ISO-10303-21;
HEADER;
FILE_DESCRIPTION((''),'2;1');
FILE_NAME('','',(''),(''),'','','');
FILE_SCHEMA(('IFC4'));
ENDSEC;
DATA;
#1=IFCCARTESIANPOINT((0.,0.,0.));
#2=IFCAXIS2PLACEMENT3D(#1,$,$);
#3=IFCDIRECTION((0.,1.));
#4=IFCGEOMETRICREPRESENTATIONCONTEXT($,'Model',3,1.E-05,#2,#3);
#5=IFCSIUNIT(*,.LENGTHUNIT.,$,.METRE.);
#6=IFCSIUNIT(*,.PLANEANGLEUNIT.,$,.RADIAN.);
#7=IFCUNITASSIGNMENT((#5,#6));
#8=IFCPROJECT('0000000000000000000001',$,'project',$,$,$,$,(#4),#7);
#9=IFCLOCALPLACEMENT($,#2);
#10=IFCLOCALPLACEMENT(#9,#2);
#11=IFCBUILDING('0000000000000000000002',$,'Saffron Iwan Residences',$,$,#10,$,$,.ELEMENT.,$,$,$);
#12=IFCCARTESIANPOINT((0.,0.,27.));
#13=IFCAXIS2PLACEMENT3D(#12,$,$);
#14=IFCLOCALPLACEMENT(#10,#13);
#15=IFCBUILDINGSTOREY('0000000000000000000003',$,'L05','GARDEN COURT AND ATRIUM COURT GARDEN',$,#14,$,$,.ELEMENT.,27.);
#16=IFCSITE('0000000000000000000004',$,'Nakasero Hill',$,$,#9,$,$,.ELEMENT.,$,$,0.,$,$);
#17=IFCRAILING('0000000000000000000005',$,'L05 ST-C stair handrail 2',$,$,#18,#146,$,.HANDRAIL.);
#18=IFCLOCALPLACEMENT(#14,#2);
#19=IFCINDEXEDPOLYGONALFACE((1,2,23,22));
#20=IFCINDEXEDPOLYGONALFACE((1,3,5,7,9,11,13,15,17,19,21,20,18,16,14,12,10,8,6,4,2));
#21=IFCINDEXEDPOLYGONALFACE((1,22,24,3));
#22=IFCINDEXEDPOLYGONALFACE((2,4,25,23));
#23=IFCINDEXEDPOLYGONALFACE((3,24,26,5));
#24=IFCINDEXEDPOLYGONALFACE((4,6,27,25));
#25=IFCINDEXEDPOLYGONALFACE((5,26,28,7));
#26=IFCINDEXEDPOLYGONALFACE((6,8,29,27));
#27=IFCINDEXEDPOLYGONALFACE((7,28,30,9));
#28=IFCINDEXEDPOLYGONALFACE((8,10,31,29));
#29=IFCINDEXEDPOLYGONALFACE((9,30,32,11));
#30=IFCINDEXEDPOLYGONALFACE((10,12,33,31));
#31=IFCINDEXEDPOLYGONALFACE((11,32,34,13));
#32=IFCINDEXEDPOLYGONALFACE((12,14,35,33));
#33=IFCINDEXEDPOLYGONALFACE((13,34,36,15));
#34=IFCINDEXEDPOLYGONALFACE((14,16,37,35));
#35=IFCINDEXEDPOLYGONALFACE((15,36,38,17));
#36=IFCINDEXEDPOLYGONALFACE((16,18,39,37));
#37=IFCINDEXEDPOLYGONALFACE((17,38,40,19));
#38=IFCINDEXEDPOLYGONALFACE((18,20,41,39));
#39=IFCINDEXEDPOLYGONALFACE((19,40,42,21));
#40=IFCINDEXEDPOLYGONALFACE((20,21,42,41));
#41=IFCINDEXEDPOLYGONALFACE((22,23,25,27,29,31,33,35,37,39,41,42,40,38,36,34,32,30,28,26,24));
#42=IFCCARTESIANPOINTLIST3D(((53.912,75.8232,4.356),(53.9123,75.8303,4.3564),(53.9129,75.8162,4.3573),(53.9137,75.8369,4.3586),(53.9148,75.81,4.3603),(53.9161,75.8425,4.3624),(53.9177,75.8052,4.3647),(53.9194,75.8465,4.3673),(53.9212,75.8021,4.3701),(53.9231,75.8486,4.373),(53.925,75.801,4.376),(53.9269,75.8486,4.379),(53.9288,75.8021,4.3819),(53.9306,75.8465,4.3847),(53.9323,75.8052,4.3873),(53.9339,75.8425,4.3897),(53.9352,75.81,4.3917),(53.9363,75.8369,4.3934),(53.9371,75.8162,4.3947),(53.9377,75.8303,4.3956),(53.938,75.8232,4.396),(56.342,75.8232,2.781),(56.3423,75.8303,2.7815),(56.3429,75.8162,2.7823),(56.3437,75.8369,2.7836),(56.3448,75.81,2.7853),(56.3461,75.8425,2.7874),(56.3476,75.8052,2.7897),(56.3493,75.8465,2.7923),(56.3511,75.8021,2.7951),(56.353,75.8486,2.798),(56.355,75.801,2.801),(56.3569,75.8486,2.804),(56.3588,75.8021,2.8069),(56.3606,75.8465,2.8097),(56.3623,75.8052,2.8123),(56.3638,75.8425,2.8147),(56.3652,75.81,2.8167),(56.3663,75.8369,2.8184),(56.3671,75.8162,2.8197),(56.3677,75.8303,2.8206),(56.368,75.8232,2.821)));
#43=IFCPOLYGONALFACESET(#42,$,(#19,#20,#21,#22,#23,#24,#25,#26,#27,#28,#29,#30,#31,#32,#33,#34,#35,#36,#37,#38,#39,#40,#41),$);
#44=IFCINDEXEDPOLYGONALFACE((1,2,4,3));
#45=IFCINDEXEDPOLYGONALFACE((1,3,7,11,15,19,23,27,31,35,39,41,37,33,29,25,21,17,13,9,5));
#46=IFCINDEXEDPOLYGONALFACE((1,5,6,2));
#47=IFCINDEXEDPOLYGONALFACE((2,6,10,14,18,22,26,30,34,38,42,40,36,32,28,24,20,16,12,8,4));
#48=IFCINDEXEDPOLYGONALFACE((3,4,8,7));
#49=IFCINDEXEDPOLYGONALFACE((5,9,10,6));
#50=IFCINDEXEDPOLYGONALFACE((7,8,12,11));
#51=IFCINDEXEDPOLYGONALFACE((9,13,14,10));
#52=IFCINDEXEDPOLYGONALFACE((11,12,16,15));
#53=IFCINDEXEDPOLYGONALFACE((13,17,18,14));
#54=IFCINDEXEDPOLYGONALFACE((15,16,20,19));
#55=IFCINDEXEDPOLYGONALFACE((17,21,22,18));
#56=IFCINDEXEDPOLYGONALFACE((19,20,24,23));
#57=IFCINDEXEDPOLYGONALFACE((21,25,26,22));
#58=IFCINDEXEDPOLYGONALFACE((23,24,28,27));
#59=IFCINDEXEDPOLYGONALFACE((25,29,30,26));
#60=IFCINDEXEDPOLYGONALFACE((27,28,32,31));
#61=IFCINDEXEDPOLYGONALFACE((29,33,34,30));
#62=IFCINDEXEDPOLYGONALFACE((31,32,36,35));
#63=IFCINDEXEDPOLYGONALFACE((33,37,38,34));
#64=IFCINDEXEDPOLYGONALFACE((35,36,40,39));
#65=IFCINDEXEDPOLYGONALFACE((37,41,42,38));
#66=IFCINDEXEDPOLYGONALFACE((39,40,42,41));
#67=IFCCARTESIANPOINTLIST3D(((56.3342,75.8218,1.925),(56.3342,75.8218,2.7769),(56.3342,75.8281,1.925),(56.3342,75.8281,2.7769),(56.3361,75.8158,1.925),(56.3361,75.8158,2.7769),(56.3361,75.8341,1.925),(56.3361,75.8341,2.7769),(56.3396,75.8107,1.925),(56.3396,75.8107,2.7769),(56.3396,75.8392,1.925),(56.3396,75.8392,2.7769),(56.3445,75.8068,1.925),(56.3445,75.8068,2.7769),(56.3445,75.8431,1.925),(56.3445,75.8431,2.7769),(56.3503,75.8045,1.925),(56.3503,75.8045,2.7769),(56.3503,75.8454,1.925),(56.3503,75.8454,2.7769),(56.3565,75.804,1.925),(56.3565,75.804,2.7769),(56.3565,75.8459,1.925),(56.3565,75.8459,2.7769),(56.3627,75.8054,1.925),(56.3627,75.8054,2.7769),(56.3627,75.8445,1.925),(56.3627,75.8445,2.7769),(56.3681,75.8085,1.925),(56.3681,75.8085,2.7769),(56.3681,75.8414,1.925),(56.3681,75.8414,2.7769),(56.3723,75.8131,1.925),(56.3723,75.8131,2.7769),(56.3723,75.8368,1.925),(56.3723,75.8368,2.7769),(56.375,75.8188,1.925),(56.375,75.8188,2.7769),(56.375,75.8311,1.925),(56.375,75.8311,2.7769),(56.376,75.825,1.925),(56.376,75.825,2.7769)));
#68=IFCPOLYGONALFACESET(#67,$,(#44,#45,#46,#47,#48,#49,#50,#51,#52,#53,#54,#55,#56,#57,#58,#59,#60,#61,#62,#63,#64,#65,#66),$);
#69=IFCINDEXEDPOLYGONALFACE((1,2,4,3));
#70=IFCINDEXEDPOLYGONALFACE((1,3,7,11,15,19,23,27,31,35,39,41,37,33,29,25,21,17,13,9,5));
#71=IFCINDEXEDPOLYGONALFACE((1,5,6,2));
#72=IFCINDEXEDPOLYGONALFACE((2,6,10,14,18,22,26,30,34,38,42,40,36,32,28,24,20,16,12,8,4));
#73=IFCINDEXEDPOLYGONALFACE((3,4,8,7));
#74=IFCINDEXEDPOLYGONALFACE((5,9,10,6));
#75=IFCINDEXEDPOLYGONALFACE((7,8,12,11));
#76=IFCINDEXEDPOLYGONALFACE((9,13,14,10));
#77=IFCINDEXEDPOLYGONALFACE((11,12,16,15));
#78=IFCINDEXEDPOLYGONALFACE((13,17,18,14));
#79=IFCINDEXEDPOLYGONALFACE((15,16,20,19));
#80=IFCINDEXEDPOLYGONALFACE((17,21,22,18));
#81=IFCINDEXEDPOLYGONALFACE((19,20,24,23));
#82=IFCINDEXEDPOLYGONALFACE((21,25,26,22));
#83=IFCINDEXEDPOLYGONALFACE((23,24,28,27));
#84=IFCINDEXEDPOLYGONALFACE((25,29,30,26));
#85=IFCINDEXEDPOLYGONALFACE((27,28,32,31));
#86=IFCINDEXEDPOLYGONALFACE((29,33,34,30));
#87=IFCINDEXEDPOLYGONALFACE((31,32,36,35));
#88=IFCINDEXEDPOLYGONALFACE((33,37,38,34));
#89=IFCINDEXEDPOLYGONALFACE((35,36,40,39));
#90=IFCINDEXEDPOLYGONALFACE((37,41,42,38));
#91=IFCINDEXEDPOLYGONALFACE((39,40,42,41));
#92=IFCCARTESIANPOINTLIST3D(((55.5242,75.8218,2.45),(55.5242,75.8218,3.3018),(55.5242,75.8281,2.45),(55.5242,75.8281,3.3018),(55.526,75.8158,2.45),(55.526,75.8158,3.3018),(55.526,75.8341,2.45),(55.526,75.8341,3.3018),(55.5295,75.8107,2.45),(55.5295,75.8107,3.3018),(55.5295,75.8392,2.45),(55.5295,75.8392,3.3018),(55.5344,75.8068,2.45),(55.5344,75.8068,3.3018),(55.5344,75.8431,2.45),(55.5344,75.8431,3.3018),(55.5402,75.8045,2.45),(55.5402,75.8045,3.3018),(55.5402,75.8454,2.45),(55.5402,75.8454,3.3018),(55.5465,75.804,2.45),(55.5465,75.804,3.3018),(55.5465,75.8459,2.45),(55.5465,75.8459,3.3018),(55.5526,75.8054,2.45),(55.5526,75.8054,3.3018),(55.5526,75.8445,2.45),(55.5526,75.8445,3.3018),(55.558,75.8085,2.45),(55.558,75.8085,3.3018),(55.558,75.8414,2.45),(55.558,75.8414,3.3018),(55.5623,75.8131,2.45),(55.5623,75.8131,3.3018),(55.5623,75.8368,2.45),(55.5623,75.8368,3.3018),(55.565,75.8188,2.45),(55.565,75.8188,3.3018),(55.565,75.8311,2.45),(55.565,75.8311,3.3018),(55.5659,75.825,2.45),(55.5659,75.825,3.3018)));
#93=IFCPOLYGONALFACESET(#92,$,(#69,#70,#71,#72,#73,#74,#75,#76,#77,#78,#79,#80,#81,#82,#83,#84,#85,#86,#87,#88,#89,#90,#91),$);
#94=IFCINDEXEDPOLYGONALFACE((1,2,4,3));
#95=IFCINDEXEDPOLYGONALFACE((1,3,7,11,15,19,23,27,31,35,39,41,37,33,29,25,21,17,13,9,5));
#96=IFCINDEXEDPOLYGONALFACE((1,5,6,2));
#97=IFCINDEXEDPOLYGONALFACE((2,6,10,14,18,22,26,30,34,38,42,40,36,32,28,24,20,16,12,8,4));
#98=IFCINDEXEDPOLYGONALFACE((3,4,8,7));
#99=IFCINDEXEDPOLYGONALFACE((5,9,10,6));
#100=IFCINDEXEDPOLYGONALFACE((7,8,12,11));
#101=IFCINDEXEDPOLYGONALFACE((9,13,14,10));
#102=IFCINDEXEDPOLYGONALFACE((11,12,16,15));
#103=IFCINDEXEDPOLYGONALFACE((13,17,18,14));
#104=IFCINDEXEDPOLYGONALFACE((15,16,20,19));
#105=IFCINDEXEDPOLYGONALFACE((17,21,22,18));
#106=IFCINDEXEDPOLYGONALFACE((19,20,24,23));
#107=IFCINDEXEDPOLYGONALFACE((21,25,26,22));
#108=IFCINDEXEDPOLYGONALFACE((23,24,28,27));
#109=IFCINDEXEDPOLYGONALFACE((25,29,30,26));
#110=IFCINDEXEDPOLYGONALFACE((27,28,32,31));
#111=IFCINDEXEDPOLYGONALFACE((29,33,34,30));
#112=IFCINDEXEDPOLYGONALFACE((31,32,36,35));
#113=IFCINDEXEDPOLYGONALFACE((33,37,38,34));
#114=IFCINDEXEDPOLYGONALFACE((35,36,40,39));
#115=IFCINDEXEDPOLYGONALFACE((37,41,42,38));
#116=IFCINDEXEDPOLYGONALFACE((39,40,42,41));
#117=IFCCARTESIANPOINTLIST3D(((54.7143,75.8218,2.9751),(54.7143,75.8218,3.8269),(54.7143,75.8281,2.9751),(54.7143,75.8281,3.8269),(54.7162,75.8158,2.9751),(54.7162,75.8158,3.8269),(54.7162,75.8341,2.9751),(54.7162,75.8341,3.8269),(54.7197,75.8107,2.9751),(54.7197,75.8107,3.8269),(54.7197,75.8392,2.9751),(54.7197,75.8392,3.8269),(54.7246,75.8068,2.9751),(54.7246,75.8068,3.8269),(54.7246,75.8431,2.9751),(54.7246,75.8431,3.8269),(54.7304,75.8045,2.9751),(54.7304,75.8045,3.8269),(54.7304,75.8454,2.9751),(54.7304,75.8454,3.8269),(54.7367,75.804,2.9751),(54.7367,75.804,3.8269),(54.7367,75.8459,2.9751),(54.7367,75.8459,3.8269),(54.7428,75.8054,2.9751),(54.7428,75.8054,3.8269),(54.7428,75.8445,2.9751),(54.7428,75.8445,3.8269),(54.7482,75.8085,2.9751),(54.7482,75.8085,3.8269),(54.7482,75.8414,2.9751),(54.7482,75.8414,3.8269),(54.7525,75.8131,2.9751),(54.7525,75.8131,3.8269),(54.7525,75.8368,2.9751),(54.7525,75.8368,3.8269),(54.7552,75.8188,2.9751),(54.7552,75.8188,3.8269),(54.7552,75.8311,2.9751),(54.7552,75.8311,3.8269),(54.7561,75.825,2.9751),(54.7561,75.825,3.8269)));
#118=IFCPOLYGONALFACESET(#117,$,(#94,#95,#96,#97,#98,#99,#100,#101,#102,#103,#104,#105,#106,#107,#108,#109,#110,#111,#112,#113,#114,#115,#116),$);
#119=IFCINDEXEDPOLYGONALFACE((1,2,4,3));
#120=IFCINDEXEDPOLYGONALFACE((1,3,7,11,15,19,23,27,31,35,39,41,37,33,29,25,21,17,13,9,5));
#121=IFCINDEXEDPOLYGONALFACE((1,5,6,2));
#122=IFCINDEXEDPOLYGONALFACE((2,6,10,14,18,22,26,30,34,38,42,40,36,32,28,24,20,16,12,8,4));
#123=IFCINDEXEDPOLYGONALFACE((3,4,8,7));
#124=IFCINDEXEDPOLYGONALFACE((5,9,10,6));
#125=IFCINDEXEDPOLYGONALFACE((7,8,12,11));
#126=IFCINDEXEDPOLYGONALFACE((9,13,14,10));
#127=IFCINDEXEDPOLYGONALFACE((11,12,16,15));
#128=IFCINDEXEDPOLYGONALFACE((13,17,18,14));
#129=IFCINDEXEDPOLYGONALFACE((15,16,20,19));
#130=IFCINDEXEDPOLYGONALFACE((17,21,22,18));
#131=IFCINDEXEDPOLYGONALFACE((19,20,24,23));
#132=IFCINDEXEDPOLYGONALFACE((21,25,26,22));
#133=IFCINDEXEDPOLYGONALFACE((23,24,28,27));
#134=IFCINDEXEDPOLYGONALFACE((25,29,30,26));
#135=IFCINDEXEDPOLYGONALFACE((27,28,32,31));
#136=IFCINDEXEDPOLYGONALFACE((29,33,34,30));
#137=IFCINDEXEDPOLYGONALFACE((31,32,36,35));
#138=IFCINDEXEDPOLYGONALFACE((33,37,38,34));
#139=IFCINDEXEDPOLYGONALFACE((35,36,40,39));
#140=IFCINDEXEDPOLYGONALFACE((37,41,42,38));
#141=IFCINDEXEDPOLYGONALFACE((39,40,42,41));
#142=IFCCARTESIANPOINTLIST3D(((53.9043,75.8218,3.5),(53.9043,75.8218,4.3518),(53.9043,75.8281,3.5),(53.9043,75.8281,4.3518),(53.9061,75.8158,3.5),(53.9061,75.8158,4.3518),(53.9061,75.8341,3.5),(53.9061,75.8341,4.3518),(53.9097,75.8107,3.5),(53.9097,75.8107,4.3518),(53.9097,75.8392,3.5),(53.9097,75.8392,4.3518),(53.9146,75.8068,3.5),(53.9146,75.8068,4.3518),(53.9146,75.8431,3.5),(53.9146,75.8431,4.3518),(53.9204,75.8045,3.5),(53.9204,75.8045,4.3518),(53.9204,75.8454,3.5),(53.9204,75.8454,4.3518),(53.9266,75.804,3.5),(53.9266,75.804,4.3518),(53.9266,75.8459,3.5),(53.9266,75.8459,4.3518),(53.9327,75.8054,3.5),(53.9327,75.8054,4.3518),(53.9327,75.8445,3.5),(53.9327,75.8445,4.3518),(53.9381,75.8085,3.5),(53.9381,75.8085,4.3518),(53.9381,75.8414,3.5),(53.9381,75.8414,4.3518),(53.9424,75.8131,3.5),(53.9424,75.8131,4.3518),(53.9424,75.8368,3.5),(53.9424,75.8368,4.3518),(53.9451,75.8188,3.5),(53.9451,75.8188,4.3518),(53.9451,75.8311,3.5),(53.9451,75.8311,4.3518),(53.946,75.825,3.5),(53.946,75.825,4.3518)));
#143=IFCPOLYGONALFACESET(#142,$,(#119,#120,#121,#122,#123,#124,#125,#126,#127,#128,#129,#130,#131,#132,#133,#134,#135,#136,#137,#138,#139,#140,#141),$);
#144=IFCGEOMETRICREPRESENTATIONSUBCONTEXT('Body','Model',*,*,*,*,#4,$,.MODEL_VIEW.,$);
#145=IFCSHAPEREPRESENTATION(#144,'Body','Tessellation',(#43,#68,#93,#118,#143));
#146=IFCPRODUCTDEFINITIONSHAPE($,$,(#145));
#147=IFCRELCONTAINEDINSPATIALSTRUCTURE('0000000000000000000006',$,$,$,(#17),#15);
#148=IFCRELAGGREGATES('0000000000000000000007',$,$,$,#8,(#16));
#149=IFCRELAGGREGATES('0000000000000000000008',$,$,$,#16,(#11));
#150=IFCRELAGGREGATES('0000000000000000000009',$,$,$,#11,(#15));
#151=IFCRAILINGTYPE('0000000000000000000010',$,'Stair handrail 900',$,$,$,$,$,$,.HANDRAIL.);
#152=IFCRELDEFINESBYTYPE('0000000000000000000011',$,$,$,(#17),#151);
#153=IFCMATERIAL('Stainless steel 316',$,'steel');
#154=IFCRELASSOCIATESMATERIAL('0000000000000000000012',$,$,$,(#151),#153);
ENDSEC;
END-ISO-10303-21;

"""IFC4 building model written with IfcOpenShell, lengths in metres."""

from ifc_helpers import new_model, si_unit, direction, frame, origin, origin_2d, place, context, subcontext, project, spatial, circle, extrude, material, type_object, element, save


model = new_model("IFC4")

# Units and contexts
model_context = context("Model", 3, precision=1e-05, world=origin(), true_north=direction((0.0, 1.0)))
body_context = subcontext(model_context, "Body", "Model", "MODEL_VIEW")
ifc_project = project(units=[si_unit("LENGTHUNIT", "METRE"), si_unit("PLANEANGLEUNIT", "RADIAN")], contexts=[model_context])

# Site, building, storey
site_placement = place(None, origin())
site = spatial("IfcSite", under=ifc_project, at=site_placement, Name="Nakasero Hill", CompositionType="ELEMENT", RefElevation=0.0)
building_placement = place(site_placement, origin())
building = spatial("IfcBuilding", under=site, at=building_placement, Name="Saffron Iwan Residences", CompositionType="ELEMENT")
storey_placement = place(building_placement, frame((0.0, 0.0, 27.0)))
storey = spatial("IfcBuildingStorey", under=building, at=storey_placement, Name="L05", Description="GARDEN COURT AND ATRIUM COURT GARDEN", CompositionType="ELEMENT", Elevation=27.0)

# Railing
ifc_material_1 = material(Name="Stainless steel 316", Category="steel")
railing_type_1 = type_object("IfcRailingType", Name="Stair handrail 900", PredefinedType="HANDRAIL", material=ifc_material_1)
railing_1_placement = place(storey_placement, frame((56.355, 75.825, 1.925)))
element("IfcRailing", 1, at=railing_1_placement, inside=storey, type_object=railing_type_1, Name="L05 ST-C stair handrail 2", PredefinedType="HANDRAIL", context=body_context, shape_type="SweptSolid", body=[
    extrude(circle(Radius=0.0239, at=origin_2d()), frame((0.0, 0.0, 0.876), z_axis=(-0.839154, 0.0, 0.543894), x_axis=(0.0, -1.0, 0.0)), (0.0, 0.0, 1.0), 2.8958),
    extrude(circle(Radius=0.021, at=origin_2d()), origin(), (0.0, 0.0, 1.0), 0.8518),
    extrude(circle(Radius=0.021, at=origin_2d()), frame((-0.8101, 0.0, 0.5249)), (0.0, 0.0, 1.0), 0.8518),
    extrude(circle(Radius=0.021, at=origin_2d()), frame((-1.6199, 0.0, 1.05)), (0.0, 0.0, 1.0), 0.8518),
    extrude(circle(Radius=0.021, at=origin_2d()), frame((-2.4299, 0.0, 1.575)), (0.0, 0.0, 1.0), 0.8518),
])

save(model, "model.ifc")
